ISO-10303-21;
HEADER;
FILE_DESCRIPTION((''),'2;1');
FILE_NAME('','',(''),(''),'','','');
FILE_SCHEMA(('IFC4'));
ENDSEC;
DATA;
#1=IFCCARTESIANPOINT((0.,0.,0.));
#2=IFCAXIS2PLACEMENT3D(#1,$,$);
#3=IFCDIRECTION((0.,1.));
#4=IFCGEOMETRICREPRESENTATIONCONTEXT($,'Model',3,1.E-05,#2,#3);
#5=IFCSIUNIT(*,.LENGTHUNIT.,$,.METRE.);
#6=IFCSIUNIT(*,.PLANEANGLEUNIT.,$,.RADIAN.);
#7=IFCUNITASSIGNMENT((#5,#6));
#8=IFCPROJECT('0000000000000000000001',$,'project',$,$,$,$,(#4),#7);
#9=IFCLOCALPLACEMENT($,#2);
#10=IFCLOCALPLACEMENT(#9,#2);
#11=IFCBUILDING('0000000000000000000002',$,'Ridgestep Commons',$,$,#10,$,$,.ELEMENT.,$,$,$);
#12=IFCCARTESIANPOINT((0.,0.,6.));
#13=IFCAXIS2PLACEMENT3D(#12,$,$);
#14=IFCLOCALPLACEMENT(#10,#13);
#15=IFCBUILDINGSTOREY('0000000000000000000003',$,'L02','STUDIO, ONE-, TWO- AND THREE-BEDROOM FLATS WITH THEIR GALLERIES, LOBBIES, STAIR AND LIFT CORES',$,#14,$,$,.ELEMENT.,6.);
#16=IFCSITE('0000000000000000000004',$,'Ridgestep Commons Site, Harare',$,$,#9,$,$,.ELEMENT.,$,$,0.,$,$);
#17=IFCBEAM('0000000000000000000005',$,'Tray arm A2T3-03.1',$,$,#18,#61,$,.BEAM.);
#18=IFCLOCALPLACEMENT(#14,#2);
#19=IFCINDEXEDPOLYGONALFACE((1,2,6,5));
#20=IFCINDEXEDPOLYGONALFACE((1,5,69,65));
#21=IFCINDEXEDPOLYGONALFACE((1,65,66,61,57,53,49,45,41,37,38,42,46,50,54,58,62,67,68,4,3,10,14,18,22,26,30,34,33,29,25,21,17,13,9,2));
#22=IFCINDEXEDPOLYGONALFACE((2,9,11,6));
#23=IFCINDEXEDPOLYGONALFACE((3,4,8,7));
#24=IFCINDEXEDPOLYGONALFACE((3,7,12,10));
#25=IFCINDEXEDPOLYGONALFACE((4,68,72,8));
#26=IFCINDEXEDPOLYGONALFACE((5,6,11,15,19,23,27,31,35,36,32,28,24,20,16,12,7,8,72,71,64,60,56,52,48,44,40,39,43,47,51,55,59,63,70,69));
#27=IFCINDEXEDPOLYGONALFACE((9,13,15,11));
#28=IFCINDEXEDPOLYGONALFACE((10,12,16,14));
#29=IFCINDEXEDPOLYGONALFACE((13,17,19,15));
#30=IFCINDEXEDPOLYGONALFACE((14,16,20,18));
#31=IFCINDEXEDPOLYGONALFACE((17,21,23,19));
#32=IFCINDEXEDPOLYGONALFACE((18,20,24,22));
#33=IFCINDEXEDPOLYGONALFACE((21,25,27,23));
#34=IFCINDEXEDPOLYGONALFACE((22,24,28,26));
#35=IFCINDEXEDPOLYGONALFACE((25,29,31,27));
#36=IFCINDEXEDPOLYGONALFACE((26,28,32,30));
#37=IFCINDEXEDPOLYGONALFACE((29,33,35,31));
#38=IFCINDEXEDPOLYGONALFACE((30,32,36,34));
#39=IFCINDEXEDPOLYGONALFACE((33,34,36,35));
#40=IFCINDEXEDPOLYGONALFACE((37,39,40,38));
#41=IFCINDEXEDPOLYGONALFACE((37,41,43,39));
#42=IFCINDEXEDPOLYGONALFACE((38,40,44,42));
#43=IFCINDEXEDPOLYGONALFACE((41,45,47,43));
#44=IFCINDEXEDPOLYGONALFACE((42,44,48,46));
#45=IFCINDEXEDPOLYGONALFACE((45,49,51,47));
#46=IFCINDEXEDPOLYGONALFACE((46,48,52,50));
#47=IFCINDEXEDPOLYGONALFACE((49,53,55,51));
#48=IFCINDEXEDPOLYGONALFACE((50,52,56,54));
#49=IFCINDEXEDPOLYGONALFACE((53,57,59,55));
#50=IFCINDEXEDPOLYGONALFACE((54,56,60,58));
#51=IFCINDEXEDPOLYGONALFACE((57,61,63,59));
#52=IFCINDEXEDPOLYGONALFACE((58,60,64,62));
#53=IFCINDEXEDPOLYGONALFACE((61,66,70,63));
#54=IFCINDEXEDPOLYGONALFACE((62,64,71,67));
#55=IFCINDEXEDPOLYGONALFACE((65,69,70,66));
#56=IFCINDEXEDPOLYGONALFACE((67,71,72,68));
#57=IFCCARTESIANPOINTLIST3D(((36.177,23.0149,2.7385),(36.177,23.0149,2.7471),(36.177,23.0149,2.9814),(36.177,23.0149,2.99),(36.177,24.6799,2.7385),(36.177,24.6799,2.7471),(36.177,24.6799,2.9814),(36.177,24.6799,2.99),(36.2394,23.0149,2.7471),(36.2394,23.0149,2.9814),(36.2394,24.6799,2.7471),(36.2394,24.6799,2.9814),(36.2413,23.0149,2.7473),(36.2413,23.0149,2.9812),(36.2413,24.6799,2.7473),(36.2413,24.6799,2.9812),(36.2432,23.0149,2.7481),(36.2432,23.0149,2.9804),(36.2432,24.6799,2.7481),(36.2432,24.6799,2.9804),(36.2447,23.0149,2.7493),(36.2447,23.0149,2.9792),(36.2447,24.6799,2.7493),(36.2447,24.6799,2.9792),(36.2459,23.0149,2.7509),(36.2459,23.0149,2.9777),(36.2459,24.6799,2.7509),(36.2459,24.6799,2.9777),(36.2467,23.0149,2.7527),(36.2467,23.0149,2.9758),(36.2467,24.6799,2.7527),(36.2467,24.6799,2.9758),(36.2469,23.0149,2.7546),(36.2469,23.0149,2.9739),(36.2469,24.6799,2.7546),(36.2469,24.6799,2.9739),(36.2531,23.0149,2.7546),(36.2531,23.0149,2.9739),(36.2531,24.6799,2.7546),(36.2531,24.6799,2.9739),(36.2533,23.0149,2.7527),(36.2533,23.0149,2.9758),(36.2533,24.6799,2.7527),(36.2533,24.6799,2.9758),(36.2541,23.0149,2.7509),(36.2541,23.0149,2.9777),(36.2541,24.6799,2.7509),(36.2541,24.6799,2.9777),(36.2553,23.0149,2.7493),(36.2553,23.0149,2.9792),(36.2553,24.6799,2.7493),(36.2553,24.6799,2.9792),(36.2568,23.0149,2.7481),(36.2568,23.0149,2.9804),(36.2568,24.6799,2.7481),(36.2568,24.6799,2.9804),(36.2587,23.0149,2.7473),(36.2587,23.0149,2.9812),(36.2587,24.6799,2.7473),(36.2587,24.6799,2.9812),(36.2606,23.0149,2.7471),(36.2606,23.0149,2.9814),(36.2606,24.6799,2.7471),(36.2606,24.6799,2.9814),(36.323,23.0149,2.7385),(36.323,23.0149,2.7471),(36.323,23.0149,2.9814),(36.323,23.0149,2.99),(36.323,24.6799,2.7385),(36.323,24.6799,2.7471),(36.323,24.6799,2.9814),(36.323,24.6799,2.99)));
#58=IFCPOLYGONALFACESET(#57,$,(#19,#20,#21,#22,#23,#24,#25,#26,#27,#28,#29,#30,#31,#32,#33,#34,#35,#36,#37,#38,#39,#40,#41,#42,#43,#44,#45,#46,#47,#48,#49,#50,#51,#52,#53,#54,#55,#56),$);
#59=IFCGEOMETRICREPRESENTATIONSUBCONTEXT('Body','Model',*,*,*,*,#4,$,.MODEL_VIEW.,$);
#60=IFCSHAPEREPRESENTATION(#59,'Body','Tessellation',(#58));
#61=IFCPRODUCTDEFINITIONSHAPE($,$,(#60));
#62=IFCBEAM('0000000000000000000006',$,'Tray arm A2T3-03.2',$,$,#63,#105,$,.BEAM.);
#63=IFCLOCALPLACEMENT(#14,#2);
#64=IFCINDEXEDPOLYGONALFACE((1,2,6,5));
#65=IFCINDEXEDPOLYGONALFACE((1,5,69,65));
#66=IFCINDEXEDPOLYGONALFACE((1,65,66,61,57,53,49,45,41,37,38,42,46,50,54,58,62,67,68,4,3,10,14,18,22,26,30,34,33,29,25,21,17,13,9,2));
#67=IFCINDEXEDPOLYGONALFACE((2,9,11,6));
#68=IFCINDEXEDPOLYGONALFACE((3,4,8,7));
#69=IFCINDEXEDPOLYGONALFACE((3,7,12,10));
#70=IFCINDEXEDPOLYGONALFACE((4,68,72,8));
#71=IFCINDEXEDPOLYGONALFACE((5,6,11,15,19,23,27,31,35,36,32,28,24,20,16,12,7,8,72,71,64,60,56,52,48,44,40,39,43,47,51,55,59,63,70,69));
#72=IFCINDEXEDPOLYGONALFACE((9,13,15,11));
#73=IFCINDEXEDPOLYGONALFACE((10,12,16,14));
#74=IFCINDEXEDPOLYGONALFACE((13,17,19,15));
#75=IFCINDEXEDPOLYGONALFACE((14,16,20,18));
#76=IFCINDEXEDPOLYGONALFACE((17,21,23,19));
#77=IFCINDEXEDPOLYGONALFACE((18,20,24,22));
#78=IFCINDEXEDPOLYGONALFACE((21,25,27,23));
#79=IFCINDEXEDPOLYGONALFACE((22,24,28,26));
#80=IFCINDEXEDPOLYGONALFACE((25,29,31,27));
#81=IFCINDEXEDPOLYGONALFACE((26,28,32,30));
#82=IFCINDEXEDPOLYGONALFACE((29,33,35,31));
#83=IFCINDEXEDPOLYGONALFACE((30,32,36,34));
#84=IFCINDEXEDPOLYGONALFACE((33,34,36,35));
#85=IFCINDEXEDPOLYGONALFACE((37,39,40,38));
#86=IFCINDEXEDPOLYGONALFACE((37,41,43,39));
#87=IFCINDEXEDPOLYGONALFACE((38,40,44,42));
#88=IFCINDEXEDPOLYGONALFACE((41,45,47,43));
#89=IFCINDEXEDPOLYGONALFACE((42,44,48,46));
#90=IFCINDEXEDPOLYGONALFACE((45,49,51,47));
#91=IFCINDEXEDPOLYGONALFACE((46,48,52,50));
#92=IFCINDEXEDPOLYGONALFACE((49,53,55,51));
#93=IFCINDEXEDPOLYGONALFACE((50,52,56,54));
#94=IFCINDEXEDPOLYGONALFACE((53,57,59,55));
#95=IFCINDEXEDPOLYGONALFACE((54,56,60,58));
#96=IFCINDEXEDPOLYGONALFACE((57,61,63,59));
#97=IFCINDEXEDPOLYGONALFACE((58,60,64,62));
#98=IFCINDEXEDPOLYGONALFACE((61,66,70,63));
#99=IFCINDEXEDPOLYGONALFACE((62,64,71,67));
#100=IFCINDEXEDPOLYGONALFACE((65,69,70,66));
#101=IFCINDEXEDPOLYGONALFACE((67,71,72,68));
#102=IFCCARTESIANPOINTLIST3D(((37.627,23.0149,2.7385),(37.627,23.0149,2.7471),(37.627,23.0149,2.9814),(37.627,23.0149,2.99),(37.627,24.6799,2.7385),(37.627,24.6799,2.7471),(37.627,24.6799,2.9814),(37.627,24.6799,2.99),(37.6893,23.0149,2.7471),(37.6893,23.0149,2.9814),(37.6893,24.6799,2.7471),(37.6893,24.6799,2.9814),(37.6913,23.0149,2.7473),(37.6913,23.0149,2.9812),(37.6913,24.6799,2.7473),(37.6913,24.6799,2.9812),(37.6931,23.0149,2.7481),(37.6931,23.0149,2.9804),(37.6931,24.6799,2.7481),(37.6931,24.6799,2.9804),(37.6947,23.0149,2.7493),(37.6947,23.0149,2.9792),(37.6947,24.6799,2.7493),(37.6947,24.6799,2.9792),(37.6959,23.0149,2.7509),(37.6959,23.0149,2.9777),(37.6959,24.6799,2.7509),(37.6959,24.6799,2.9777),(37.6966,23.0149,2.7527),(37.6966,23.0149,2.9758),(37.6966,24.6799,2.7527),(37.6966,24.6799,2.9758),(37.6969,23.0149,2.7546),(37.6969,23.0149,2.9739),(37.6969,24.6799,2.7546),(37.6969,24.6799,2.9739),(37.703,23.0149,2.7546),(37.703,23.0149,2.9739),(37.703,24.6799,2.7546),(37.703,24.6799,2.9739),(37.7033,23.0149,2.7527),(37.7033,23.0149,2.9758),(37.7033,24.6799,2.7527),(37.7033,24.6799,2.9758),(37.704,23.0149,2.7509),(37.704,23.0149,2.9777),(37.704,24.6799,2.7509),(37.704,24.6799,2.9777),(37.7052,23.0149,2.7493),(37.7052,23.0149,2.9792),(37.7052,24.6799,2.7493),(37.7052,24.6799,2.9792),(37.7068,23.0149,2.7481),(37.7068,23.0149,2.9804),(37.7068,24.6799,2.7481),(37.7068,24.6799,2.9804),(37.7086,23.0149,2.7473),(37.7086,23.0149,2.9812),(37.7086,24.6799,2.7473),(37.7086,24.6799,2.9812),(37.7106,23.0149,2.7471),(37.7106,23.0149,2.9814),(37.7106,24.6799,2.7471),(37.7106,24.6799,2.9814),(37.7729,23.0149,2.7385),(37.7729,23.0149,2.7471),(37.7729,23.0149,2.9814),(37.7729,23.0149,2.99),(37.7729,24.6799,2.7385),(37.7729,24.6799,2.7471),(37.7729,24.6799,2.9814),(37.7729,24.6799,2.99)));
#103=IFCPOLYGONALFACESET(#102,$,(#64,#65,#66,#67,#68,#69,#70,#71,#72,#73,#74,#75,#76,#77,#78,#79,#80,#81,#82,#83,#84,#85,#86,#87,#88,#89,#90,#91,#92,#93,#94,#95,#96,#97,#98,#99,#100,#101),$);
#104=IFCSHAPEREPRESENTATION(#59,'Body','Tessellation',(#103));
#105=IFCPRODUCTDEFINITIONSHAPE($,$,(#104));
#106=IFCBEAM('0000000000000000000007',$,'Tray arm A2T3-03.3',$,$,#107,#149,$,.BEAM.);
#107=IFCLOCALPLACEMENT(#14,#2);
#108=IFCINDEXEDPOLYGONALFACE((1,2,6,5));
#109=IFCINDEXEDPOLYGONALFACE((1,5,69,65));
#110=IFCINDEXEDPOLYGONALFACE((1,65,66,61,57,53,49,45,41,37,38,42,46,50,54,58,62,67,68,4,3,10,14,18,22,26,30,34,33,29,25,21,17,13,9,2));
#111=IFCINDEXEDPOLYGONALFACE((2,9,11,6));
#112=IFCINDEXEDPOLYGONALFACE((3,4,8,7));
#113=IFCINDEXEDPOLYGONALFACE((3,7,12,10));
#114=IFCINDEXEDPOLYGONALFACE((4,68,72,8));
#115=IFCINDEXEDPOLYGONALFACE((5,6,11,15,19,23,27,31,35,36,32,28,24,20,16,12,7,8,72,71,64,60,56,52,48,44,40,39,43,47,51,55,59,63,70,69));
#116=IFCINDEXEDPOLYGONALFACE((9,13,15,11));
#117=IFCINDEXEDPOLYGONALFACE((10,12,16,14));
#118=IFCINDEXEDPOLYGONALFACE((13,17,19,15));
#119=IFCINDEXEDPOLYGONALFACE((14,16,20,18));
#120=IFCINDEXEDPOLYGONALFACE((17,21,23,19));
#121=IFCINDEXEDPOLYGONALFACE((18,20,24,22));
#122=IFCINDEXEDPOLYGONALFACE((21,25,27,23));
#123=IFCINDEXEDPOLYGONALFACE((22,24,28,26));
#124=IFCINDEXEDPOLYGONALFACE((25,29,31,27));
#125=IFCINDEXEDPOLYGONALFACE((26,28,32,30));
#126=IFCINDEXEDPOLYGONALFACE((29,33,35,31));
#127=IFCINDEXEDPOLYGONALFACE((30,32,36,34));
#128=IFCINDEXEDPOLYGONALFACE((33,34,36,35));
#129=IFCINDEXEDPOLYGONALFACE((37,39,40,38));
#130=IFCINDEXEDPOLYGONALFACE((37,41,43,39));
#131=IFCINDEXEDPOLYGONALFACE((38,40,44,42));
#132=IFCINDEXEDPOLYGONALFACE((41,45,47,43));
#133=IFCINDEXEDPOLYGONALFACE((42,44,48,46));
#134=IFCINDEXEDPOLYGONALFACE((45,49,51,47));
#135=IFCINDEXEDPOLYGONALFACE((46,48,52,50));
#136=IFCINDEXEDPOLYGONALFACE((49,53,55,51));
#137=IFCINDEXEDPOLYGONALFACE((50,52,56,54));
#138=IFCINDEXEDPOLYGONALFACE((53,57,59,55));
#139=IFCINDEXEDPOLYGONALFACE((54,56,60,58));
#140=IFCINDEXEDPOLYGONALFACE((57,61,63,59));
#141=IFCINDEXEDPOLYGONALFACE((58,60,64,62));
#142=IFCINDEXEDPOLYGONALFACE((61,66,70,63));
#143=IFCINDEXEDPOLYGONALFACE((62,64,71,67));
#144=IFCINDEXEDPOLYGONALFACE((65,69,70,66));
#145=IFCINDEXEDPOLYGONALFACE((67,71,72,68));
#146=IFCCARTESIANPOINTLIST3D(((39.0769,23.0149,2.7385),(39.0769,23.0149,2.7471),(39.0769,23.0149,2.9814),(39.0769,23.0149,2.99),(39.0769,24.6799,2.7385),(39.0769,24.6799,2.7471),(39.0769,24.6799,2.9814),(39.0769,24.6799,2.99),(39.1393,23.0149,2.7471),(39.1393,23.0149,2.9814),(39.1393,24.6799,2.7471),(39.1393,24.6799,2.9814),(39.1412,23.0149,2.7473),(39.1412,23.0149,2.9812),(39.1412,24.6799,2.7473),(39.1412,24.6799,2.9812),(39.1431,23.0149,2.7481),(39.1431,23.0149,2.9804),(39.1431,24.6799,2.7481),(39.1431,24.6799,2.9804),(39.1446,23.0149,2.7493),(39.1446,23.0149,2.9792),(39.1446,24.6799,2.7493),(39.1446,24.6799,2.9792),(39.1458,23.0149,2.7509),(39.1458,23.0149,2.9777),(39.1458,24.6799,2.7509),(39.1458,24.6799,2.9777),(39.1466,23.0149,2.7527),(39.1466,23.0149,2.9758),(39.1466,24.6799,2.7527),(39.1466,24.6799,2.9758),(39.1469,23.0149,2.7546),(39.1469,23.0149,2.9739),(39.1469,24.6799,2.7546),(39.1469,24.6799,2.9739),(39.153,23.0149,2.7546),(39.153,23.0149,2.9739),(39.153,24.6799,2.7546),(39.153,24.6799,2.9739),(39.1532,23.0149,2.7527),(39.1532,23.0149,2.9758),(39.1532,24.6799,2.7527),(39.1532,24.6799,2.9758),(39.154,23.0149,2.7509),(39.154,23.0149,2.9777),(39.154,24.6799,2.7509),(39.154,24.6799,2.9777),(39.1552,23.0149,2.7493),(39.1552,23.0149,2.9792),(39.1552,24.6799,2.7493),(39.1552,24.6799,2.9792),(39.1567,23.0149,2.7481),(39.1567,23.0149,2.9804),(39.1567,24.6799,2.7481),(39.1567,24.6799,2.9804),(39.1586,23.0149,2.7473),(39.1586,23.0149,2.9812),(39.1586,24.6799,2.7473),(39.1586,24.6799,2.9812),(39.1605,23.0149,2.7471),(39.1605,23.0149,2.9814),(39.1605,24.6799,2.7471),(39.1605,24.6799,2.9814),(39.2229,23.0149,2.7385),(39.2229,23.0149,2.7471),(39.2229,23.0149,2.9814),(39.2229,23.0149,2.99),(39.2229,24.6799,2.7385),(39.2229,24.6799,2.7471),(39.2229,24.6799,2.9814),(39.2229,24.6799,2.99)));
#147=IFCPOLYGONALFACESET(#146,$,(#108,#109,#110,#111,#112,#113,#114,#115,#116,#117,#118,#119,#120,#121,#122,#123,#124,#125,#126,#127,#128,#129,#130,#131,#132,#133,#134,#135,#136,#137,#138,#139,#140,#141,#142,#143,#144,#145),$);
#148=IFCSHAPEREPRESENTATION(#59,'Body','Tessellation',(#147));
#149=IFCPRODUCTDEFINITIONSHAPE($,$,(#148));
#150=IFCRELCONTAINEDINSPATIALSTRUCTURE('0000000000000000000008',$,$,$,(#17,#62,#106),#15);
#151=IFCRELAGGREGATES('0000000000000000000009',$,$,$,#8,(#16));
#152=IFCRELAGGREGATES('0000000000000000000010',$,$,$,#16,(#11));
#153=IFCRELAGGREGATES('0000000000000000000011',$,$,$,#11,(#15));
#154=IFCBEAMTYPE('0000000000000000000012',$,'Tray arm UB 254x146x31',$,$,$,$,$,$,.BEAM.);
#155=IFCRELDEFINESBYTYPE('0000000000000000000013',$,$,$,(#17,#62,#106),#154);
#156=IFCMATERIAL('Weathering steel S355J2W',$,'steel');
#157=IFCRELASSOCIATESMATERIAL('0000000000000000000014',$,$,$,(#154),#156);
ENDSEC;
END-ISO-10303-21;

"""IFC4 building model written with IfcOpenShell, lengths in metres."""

from ifc_helpers import new_model, si_unit, direction, frame, origin, origin_2d, place, context, subcontext, project, spatial, i_section, extrude, material, material_profile, profile_set, type_object, element, save


model = new_model("IFC4")

# Units and contexts
model_context = context("Model", 3, precision=1e-05, world=origin(), true_north=direction((0.0, 1.0)))
body_context = subcontext(model_context, "Body", "Model", "MODEL_VIEW")
ifc_project = project(units=[si_unit("LENGTHUNIT", "METRE"), si_unit("PLANEANGLEUNIT", "RADIAN")], contexts=[model_context])

# Site, building, storey
site_placement = place(None, origin())
site = spatial("IfcSite", under=ifc_project, at=site_placement, Name="Ridgestep Commons Site, Harare", CompositionType="ELEMENT", RefElevation=0.0)
building_placement = place(site_placement, origin())
building = spatial("IfcBuilding", under=site, at=building_placement, Name="Ridgestep Commons", CompositionType="ELEMENT")
storey_placement = place(building_placement, frame((0.0, 0.0, 6.0)))
storey = spatial("IfcBuildingStorey", under=building, at=storey_placement, Name="L02", Description="STUDIO, ONE-, TWO- AND THREE-BEDROOM FLATS WITH THEIR GALLERIES, LOBBIES, STAIR AND LIFT CORES", CompositionType="ELEMENT", Elevation=6.0)

# Beams
ifc_material_1 = material(Name="Weathering steel S355J2W", Category="steel")
ifc_material_profile_1 = material_profile(ifc_material_1, i_section(OverallWidth=0.146, OverallDepth=0.2515, WebThickness=0.0061, FlangeThickness=0.0085, FilletRadius=0.0076, at=origin_2d()), Name="UB 254x146x31")
ifc_profile_set_1 = profile_set([ifc_material_profile_1], Name="Weathering steel S355J2W")
beam_type_1 = type_object("IfcBeamType", Name="Tray arm UB 254x146x31", PredefinedType="BEAM", material=ifc_profile_set_1)
for number, where, z_axis, x_axis, name in (
    (1, (36.25, 23.0149, 2.8643), (0.0, 1.0, 0.0), (-1.0, 0.0, 0.0), "Tray arm A2T3-03.1"),
    (2, (37.7, 23.0149, 2.8643), (0.0, 1.0, 0.0), (-1.0, 0.0, 0.0), "Tray arm A2T3-03.2"),
    (3, (39.1499, 23.0149, 2.8643), (0.0, 1.0, 0.0), (-1.0, 0.0, 0.0), "Tray arm A2T3-03.3"),
):
    element("IfcBeam", number, at=place(storey_placement, frame(where, z_axis=z_axis, x_axis=x_axis)), inside=storey, type_object=beam_type_1, Name=name, PredefinedType="BEAM", context=body_context, shape_type="SweptSolid", body=[
        extrude(i_section(OverallWidth=0.146, OverallDepth=0.2515, WebThickness=0.0061, FlangeThickness=0.0085, FilletRadius=0.0076, at=origin_2d()), origin(), (0.0, 0.0, 1.0), 1.665),
    ])

save(model, "model.ifc")
